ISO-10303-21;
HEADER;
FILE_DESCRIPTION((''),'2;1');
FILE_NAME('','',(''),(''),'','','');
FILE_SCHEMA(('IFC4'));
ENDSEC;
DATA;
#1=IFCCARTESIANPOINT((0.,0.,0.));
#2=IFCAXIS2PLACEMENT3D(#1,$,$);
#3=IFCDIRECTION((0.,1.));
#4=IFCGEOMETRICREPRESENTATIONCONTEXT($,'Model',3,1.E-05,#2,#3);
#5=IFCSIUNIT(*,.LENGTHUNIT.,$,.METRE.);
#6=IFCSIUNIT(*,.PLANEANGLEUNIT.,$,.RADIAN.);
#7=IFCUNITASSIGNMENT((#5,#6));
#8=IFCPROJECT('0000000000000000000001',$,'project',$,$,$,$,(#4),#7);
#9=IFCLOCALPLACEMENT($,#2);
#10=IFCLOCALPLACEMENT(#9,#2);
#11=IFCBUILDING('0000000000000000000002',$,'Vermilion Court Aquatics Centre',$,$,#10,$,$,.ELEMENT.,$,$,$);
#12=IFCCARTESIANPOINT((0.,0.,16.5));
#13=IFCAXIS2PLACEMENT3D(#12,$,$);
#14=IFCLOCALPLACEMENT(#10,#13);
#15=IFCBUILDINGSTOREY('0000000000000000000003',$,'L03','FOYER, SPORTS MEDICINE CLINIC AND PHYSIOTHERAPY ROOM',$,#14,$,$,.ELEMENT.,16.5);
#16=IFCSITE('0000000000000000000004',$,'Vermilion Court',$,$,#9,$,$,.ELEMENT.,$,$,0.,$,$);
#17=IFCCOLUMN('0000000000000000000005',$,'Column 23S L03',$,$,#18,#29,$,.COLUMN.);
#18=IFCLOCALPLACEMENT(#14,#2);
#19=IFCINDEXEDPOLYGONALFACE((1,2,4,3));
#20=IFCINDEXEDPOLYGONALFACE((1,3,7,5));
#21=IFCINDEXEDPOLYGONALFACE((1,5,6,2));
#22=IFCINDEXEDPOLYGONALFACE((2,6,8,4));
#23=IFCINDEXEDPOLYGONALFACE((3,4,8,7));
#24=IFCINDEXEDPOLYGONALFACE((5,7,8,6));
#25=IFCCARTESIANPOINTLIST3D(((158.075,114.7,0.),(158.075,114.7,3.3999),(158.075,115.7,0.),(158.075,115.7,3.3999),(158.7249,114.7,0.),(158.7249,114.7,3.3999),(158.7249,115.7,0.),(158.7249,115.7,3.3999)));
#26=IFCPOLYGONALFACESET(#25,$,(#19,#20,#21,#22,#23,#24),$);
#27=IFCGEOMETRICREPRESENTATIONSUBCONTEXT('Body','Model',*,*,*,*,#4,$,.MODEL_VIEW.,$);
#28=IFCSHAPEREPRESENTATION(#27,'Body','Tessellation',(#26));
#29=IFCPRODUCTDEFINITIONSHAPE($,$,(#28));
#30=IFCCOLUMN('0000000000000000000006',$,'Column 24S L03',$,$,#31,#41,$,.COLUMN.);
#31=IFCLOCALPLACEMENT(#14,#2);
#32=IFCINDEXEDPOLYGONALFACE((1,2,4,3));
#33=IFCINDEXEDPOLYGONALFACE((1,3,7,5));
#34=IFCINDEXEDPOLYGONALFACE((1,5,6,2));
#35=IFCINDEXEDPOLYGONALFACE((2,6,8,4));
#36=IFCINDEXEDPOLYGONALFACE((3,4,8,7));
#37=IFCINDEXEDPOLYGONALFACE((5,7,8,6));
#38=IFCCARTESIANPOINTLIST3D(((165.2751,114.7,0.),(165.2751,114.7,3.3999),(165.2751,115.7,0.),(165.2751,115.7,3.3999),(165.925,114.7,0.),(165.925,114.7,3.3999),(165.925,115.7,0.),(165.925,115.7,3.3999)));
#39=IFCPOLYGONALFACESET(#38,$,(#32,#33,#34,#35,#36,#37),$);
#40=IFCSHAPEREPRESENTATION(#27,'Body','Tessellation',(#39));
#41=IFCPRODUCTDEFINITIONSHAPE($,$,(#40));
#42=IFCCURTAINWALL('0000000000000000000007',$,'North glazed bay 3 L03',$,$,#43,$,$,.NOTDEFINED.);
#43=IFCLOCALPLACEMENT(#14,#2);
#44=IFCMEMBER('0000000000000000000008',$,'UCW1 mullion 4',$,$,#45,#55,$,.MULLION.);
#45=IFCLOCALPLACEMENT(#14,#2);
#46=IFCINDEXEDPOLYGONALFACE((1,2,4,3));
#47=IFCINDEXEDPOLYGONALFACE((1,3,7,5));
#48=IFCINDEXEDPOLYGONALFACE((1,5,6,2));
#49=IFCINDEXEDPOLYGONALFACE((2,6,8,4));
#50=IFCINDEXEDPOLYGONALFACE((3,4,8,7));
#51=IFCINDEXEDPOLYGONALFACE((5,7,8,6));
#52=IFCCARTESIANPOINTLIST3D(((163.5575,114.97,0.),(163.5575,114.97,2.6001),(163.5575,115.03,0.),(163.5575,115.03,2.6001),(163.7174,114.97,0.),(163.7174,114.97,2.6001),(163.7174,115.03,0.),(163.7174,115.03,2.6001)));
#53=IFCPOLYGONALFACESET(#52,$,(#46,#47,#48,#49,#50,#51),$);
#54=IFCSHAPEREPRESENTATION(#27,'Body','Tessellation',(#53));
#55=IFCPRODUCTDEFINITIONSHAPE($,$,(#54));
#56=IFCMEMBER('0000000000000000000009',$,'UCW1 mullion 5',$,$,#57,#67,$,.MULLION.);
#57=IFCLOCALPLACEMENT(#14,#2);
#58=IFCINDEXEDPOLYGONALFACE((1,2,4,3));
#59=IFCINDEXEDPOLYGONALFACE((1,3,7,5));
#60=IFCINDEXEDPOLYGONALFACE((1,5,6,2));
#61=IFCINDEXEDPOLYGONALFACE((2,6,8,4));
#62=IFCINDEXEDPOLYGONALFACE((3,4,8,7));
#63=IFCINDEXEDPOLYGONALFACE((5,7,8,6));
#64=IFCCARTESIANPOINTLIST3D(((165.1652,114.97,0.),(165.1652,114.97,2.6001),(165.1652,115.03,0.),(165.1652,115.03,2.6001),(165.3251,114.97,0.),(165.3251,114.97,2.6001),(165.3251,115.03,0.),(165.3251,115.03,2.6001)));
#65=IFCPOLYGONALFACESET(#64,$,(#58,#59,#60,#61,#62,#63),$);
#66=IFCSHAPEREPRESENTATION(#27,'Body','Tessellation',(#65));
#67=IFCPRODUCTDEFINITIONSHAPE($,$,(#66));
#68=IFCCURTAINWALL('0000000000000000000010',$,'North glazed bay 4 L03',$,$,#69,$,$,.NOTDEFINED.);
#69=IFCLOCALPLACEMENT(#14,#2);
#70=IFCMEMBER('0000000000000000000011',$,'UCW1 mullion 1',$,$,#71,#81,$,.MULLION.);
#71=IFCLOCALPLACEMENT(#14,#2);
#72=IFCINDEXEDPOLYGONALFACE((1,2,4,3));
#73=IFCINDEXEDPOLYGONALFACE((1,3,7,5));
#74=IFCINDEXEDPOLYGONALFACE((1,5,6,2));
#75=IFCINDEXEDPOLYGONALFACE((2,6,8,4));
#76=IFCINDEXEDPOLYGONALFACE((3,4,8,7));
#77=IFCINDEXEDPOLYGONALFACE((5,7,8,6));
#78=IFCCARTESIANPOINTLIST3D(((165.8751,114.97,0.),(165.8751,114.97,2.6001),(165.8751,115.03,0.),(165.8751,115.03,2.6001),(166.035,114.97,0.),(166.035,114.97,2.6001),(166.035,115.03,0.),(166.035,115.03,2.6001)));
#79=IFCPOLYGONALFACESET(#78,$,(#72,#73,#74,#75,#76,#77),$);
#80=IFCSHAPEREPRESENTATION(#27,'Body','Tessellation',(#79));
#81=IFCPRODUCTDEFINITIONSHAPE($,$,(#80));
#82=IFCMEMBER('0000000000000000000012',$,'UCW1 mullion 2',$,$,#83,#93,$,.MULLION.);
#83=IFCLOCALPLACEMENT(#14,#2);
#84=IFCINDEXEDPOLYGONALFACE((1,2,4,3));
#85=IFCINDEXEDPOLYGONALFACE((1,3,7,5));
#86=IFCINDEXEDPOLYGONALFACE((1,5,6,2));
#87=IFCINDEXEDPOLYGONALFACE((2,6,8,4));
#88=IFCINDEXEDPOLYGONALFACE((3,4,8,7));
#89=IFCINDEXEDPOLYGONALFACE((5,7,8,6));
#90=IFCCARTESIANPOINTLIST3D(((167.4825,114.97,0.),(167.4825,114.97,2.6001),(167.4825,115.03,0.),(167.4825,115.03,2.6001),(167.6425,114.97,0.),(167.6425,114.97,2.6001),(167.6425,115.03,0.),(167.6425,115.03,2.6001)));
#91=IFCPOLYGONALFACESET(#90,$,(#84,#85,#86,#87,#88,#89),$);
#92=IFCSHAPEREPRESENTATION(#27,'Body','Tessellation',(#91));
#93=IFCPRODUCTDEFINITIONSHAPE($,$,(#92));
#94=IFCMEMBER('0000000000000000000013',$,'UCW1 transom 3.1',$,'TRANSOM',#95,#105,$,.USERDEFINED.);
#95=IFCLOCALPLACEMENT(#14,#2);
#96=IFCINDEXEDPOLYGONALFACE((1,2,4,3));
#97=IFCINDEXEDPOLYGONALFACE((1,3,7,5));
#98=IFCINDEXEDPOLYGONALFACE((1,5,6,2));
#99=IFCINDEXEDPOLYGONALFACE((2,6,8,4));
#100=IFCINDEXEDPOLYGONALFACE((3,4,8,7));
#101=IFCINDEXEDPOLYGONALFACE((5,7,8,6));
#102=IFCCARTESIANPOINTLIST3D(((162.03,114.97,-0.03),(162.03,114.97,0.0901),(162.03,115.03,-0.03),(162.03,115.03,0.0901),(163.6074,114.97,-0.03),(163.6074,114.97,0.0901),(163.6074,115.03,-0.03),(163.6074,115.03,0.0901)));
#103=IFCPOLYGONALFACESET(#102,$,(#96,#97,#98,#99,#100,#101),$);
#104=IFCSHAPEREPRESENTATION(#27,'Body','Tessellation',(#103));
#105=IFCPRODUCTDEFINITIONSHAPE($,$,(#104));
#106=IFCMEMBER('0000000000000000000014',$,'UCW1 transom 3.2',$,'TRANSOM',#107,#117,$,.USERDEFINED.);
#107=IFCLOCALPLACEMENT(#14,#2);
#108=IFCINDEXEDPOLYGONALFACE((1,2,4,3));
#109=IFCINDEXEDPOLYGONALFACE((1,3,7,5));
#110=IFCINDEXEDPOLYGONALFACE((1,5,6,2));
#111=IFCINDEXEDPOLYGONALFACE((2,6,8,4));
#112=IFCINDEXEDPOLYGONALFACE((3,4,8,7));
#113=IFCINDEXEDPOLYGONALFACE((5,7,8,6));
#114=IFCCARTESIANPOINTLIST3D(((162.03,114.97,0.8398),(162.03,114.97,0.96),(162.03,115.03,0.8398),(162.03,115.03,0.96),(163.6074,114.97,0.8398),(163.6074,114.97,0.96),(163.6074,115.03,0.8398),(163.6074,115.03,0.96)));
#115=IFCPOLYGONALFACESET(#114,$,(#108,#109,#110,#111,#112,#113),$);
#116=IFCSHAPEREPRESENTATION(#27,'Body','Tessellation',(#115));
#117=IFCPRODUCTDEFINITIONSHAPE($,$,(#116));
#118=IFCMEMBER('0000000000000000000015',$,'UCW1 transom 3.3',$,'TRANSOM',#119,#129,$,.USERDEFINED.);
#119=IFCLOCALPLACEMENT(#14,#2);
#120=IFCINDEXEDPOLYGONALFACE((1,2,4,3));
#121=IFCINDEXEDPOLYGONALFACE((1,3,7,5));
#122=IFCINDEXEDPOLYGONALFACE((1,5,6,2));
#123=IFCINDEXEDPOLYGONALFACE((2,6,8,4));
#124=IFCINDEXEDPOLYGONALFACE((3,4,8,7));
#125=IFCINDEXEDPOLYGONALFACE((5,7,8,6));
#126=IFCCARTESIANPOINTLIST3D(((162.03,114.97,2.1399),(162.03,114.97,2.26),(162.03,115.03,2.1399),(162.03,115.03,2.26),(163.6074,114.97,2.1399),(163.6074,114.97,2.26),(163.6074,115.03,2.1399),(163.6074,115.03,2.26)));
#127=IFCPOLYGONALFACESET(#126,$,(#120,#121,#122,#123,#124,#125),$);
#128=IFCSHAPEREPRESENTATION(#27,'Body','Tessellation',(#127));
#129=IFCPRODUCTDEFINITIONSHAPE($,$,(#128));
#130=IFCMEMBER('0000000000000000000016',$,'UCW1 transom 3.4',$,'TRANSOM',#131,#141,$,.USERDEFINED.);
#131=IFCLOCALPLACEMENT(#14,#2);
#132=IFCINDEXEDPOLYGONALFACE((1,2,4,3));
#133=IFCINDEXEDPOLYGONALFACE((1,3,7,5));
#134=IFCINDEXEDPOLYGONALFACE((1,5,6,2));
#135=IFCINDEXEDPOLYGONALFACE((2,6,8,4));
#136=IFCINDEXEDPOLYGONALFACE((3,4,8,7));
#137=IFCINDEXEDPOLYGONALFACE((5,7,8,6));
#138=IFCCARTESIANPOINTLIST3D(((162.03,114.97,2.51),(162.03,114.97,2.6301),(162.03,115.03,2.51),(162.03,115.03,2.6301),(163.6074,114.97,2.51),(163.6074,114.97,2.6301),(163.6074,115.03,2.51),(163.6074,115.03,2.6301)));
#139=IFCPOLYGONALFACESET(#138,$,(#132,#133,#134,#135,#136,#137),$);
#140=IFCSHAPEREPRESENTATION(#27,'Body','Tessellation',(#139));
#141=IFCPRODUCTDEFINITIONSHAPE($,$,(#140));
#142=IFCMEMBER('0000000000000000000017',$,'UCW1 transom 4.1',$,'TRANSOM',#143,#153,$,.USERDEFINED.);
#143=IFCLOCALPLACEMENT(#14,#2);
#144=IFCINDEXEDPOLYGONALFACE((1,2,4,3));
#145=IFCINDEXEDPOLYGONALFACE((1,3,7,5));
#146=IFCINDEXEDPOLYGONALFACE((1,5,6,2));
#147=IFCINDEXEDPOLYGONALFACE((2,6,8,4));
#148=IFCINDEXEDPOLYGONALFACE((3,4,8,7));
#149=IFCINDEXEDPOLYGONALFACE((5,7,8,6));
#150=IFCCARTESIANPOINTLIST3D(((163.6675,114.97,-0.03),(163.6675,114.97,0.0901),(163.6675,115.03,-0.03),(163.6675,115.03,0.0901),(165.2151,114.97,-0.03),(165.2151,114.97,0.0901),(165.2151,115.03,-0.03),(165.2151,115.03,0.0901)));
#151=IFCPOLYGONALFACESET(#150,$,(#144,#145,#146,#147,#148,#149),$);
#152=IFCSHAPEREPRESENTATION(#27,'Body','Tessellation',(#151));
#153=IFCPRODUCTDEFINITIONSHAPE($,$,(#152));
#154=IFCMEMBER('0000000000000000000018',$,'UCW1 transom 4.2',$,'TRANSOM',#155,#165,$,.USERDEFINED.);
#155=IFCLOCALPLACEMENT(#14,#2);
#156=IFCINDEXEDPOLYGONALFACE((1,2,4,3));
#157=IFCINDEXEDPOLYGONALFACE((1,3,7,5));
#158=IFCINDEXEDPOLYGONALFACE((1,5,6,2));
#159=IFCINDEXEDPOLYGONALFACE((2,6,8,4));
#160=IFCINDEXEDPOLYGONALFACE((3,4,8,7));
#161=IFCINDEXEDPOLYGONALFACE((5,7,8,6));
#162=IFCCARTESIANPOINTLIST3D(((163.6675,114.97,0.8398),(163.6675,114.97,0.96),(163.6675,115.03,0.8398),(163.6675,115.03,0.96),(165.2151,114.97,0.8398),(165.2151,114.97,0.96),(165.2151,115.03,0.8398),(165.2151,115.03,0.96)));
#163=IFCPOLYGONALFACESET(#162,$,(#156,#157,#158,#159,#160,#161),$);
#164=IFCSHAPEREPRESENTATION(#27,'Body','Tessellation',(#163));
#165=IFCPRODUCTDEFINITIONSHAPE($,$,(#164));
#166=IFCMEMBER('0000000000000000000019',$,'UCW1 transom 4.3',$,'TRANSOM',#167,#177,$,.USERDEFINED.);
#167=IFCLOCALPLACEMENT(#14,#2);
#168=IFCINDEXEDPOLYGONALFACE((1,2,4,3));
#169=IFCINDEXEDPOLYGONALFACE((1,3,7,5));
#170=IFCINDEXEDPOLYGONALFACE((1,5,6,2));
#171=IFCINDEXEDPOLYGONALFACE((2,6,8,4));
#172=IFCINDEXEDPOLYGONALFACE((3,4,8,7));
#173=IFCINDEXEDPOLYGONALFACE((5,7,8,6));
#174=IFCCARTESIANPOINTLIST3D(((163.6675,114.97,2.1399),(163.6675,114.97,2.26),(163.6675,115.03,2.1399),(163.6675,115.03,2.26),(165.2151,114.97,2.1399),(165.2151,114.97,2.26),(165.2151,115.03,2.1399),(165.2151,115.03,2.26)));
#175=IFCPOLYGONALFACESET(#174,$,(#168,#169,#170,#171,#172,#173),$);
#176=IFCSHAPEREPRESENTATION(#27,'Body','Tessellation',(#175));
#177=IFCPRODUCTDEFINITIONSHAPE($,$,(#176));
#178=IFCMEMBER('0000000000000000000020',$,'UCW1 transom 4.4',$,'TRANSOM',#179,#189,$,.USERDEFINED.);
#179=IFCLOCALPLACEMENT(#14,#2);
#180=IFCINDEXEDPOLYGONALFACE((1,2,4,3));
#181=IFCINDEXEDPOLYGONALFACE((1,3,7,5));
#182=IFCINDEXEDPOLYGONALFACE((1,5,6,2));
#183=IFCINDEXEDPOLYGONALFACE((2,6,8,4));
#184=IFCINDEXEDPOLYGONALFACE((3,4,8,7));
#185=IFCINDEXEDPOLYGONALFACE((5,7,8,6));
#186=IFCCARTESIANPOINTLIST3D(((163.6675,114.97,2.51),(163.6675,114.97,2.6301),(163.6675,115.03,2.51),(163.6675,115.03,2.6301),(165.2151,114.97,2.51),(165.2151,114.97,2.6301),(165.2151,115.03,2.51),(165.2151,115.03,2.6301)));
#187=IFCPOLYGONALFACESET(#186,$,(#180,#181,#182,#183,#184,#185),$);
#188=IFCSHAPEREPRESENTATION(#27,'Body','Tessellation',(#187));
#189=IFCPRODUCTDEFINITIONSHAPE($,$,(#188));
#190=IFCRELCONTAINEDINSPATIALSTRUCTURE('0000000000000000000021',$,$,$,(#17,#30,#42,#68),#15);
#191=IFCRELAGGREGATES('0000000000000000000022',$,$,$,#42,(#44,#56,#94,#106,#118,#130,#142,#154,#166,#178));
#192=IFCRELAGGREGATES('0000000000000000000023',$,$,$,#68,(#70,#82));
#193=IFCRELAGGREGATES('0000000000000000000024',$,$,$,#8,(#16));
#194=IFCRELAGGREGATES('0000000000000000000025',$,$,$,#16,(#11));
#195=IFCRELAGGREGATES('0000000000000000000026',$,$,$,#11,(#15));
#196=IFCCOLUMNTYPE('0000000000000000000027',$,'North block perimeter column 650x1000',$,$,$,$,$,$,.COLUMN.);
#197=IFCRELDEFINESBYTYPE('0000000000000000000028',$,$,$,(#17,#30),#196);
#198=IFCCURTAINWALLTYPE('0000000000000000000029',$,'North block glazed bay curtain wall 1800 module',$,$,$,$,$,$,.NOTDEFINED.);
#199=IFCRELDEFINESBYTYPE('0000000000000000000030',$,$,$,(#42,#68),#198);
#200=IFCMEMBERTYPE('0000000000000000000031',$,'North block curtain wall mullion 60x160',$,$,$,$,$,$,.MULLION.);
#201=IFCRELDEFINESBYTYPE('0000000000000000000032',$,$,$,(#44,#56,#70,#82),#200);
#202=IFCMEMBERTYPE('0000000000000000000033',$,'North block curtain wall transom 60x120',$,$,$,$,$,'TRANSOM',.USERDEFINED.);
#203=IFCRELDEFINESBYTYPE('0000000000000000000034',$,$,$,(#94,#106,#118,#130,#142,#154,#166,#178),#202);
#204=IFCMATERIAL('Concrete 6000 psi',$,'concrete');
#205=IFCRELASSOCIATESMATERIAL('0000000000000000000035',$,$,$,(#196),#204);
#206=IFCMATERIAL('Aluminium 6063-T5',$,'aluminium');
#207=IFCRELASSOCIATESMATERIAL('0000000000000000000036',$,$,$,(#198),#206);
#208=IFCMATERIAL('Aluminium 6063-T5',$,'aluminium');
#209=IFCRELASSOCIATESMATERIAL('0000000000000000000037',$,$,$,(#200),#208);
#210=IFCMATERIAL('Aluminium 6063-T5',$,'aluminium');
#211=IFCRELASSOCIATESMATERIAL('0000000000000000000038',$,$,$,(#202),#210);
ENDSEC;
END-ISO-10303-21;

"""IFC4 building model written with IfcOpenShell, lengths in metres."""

from ifc_helpers import new_model, si_unit, direction, frame, origin, origin_2d, place, context, subcontext, project, spatial, rectangle, extrude, material, material_profile, profile_set, type_object, element, aggregate, save


model = new_model("IFC4")

# Units and contexts
model_context = context("Model", 3, precision=1e-05, world=origin(), true_north=direction((0.0, 1.0)))
body_context = subcontext(model_context, "Body", "Model", "MODEL_VIEW")
ifc_project = project(units=[si_unit("LENGTHUNIT", "METRE"), si_unit("PLANEANGLEUNIT", "RADIAN")], contexts=[model_context])

# Site, building, storey
site_placement = place(None, origin())
site = spatial("IfcSite", under=ifc_project, at=site_placement, Name="Vermilion Court", CompositionType="ELEMENT", RefElevation=0.0)
building_placement = place(site_placement, origin())
building = spatial("IfcBuilding", under=site, at=building_placement, Name="Vermilion Court Aquatics Centre", CompositionType="ELEMENT")
storey_placement = place(building_placement, frame((0.0, 0.0, 16.5)))
storey = spatial("IfcBuildingStorey", under=building, at=storey_placement, Name="L03", Description="FOYER, SPORTS MEDICINE CLINIC AND PHYSIOTHERAPY ROOM", CompositionType="ELEMENT", Elevation=16.5)

# Columns
ifc_material_1 = material(Name="Concrete 6000 psi", Category="concrete")
ifc_material_profile_1 = material_profile(ifc_material_1, rectangle(XDim=0.6499, YDim=1.0, at=origin_2d()), Name="RC 650x1000")
ifc_profile_set_1 = profile_set([ifc_material_profile_1], Name="Concrete 6000 psi")
column_type = type_object("IfcColumnType", Name="North block perimeter column 650x1000", PredefinedType="COLUMN", material=ifc_profile_set_1)
for number, where, z_axis, x_axis, name in (
    (1, (158.3999, 115.2, 0.0), (0.0, 0.0, 1.0), (1.0, 0.0, 0.0), "Column 23S L03"),
    (2, (165.6001, 115.2, 0.0), (0.0, 0.0, 1.0), (1.0, 0.0, 0.0), "Column 24S L03"),
):
    element("IfcColumn", number, at=place(storey_placement, frame(where, z_axis=z_axis, x_axis=x_axis)), inside=storey, type_object=column_type, Name=name, PredefinedType="COLUMN", context=body_context, shape_type="SweptSolid", body=[
        extrude(rectangle(XDim=0.6499, YDim=1.0, at=origin_2d()), origin(), (0.0, 0.0, 1.0), 3.3999),
    ])

# Curtain walls, members
ifc_material_2 = material(Name="Aluminium 6063-T5", Category="aluminium")
curtain_wall_type = type_object("IfcCurtainWallType", Name="North block glazed bay curtain wall 1800 module", PredefinedType="NOTDEFINED", material=ifc_material_2)
curtain_wall_1_placement = place(storey_placement, origin())
curtain_wall_1 = element("IfcCurtainWall", 3, at=curtain_wall_1_placement, inside=storey, type_object=curtain_wall_type, Name="North glazed bay 3 L03", PredefinedType="NOTDEFINED")
ifc_material_3 = material(Name="Aluminium 6063-T5", Category="aluminium")
ifc_material_profile_2 = material_profile(ifc_material_3, rectangle(XDim=0.0601, YDim=0.1599, at=origin_2d()), Name="AL 60x160")
ifc_profile_set_2 = profile_set([ifc_material_profile_2], Name="Aluminium 6063-T5")
member_type_1 = type_object("IfcMemberType", Name="North block curtain wall mullion 60x160", PredefinedType="MULLION", material=ifc_profile_set_2)
member_1_placement = place(storey_placement, frame((163.6375, 115.0, 0.0), z_axis=(0.0, 0.0, 1.0), x_axis=(0.0, 1.0, 0.0)))
member_1 = element("IfcMember", 4, at=member_1_placement, type_object=member_type_1, Name="UCW1 mullion 4", PredefinedType="MULLION", context=body_context, shape_type="SweptSolid", body=[
    extrude(rectangle(XDim=0.0601, YDim=0.1599, at=origin_2d()), origin(), (0.0, 0.0, 1.0), 2.6001),
])
member_2_placement = place(storey_placement, frame((165.2451, 115.0, 0.0), z_axis=(0.0, 0.0, 1.0), x_axis=(0.0, 1.0, 0.0)))
member_2 = element("IfcMember", 5, at=member_2_placement, type_object=member_type_1, Name="UCW1 mullion 5", PredefinedType="MULLION", context=body_context, shape_type="SweptSolid", body=[
    extrude(rectangle(XDim=0.0601, YDim=0.1599, at=origin_2d()), origin(), (0.0, 0.0, 1.0), 2.6001),
])
curtain_wall_2_placement = place(storey_placement, origin())
curtain_wall_2 = element("IfcCurtainWall", 6, at=curtain_wall_2_placement, inside=storey, type_object=curtain_wall_type, Name="North glazed bay 4 L03", PredefinedType="NOTDEFINED")
member_3_placement = place(storey_placement, frame((165.9551, 115.0, 0.0), z_axis=(0.0, 0.0, 1.0), x_axis=(0.0, 1.0, 0.0)))
member_3 = element("IfcMember", 7, at=member_3_placement, type_object=member_type_1, Name="UCW1 mullion 1", PredefinedType="MULLION", context=body_context, shape_type="SweptSolid", body=[
    extrude(rectangle(XDim=0.0601, YDim=0.1599, at=origin_2d()), origin(), (0.0, 0.0, 1.0), 2.6001),
])
member_4_placement = place(storey_placement, frame((167.5625, 115.0, 0.0), z_axis=(0.0, 0.0, 1.0), x_axis=(0.0, 1.0, 0.0)))
member_4 = element("IfcMember", 8, at=member_4_placement, type_object=member_type_1, Name="UCW1 mullion 2", PredefinedType="MULLION", context=body_context, shape_type="SweptSolid", body=[
    extrude(rectangle(XDim=0.0601, YDim=0.1599, at=origin_2d()), origin(), (0.0, 0.0, 1.0), 2.6001),
])

# Members
ifc_material_4 = material(Name="Aluminium 6063-T5", Category="aluminium")
ifc_material_profile_3 = material_profile(ifc_material_4, rectangle(XDim=0.0601, YDim=0.1201, at=origin_2d()), Name="AL 60x120")
ifc_profile_set_3 = profile_set([ifc_material_profile_3], Name="Aluminium 6063-T5")
member_type_2 = type_object("IfcMemberType", Name="North block curtain wall transom 60x120", ElementType="TRANSOM", PredefinedType="USERDEFINED", material=ifc_profile_set_3)
member_5_placement = place(storey_placement, frame((162.03, 115.0, 0.03), z_axis=(1.0, 0.0, 0.0), x_axis=(0.0, 1.0, 0.0)))
member_5 = element("IfcMember", 9, at=member_5_placement, type_object=member_type_2, Name="UCW1 transom 3.1", ObjectType="TRANSOM", PredefinedType="USERDEFINED", context=body_context, shape_type="SweptSolid", body=[
    extrude(rectangle(XDim=0.0601, YDim=0.1201, at=origin_2d()), origin(), (0.0, 0.0, 1.0), 1.5774),
])
member_6_placement = place(storey_placement, frame((162.03, 115.0, 0.8999), z_axis=(1.0, 0.0, 0.0), x_axis=(0.0, 1.0, 0.0)))
member_6 = element("IfcMember", 10, at=member_6_placement, type_object=member_type_2, Name="UCW1 transom 3.2", ObjectType="TRANSOM", PredefinedType="USERDEFINED", context=body_context, shape_type="SweptSolid", body=[
    extrude(rectangle(XDim=0.0601, YDim=0.1201, at=origin_2d()), origin(), (0.0, 0.0, 1.0), 1.5774),
])
member_7_placement = place(storey_placement, frame((162.03, 115.0, 2.2), z_axis=(1.0, 0.0, 0.0), x_axis=(0.0, 1.0, 0.0)))
member_7 = element("IfcMember", 11, at=member_7_placement, type_object=member_type_2, Name="UCW1 transom 3.3", ObjectType="TRANSOM", PredefinedType="USERDEFINED", context=body_context, shape_type="SweptSolid", body=[
    extrude(rectangle(XDim=0.0601, YDim=0.1201, at=origin_2d()), origin(), (0.0, 0.0, 1.0), 1.5774),
])
member_8_placement = place(storey_placement, frame((162.03, 115.0, 2.5701), z_axis=(1.0, 0.0, 0.0), x_axis=(0.0, 1.0, 0.0)))
member_8 = element("IfcMember", 12, at=member_8_placement, type_object=member_type_2, Name="UCW1 transom 3.4", ObjectType="TRANSOM", PredefinedType="USERDEFINED", context=body_context, shape_type="SweptSolid", body=[
    extrude(rectangle(XDim=0.0601, YDim=0.1201, at=origin_2d()), origin(), (0.0, 0.0, 1.0), 1.5774),
])
member_9_placement = place(storey_placement, frame((163.6675, 115.0, 0.03), z_axis=(1.0, 0.0, 0.0), x_axis=(0.0, 1.0, 0.0)))
member_9 = element("IfcMember", 13, at=member_9_placement, type_object=member_type_2, Name="UCW1 transom 4.1", ObjectType="TRANSOM", PredefinedType="USERDEFINED", context=body_context, shape_type="SweptSolid", body=[
    extrude(rectangle(XDim=0.0601, YDim=0.1201, at=origin_2d()), origin(), (0.0, 0.0, 1.0), 1.5476),
])
member_10_placement = place(storey_placement, frame((163.6675, 115.0, 0.8999), z_axis=(1.0, 0.0, 0.0), x_axis=(0.0, 1.0, 0.0)))
member_10 = element("IfcMember", 14, at=member_10_placement, type_object=member_type_2, Name="UCW1 transom 4.2", ObjectType="TRANSOM", PredefinedType="USERDEFINED", context=body_context, shape_type="SweptSolid", body=[
    extrude(rectangle(XDim=0.0601, YDim=0.1201, at=origin_2d()), origin(), (0.0, 0.0, 1.0), 1.5476),
])
member_11_placement = place(storey_placement, frame((163.6675, 115.0, 2.2), z_axis=(1.0, 0.0, 0.0), x_axis=(0.0, 1.0, 0.0)))
member_11 = element("IfcMember", 15, at=member_11_placement, type_object=member_type_2, Name="UCW1 transom 4.3", ObjectType="TRANSOM", PredefinedType="USERDEFINED", context=body_context, shape_type="SweptSolid", body=[
    extrude(rectangle(XDim=0.0601, YDim=0.1201, at=origin_2d()), origin(), (0.0, 0.0, 1.0), 1.5476),
])
member_12_placement = place(storey_placement, frame((163.6675, 115.0, 2.5701), z_axis=(1.0, 0.0, 0.0), x_axis=(0.0, 1.0, 0.0)))
member_12 = element("IfcMember", 16, at=member_12_placement, type_object=member_type_2, Name="UCW1 transom 4.4", ObjectType="TRANSOM", PredefinedType="USERDEFINED", context=body_context, shape_type="SweptSolid", body=[
    extrude(rectangle(XDim=0.0601, YDim=0.1201, at=origin_2d()), origin(), (0.0, 0.0, 1.0), 1.5476),
])

aggregate(curtain_wall_1, [member_1, member_2, member_5, member_6, member_7, member_8, member_9, member_10, member_11, member_12])
aggregate(curtain_wall_2, [member_3, member_4])

save(model, "model.ifc")
